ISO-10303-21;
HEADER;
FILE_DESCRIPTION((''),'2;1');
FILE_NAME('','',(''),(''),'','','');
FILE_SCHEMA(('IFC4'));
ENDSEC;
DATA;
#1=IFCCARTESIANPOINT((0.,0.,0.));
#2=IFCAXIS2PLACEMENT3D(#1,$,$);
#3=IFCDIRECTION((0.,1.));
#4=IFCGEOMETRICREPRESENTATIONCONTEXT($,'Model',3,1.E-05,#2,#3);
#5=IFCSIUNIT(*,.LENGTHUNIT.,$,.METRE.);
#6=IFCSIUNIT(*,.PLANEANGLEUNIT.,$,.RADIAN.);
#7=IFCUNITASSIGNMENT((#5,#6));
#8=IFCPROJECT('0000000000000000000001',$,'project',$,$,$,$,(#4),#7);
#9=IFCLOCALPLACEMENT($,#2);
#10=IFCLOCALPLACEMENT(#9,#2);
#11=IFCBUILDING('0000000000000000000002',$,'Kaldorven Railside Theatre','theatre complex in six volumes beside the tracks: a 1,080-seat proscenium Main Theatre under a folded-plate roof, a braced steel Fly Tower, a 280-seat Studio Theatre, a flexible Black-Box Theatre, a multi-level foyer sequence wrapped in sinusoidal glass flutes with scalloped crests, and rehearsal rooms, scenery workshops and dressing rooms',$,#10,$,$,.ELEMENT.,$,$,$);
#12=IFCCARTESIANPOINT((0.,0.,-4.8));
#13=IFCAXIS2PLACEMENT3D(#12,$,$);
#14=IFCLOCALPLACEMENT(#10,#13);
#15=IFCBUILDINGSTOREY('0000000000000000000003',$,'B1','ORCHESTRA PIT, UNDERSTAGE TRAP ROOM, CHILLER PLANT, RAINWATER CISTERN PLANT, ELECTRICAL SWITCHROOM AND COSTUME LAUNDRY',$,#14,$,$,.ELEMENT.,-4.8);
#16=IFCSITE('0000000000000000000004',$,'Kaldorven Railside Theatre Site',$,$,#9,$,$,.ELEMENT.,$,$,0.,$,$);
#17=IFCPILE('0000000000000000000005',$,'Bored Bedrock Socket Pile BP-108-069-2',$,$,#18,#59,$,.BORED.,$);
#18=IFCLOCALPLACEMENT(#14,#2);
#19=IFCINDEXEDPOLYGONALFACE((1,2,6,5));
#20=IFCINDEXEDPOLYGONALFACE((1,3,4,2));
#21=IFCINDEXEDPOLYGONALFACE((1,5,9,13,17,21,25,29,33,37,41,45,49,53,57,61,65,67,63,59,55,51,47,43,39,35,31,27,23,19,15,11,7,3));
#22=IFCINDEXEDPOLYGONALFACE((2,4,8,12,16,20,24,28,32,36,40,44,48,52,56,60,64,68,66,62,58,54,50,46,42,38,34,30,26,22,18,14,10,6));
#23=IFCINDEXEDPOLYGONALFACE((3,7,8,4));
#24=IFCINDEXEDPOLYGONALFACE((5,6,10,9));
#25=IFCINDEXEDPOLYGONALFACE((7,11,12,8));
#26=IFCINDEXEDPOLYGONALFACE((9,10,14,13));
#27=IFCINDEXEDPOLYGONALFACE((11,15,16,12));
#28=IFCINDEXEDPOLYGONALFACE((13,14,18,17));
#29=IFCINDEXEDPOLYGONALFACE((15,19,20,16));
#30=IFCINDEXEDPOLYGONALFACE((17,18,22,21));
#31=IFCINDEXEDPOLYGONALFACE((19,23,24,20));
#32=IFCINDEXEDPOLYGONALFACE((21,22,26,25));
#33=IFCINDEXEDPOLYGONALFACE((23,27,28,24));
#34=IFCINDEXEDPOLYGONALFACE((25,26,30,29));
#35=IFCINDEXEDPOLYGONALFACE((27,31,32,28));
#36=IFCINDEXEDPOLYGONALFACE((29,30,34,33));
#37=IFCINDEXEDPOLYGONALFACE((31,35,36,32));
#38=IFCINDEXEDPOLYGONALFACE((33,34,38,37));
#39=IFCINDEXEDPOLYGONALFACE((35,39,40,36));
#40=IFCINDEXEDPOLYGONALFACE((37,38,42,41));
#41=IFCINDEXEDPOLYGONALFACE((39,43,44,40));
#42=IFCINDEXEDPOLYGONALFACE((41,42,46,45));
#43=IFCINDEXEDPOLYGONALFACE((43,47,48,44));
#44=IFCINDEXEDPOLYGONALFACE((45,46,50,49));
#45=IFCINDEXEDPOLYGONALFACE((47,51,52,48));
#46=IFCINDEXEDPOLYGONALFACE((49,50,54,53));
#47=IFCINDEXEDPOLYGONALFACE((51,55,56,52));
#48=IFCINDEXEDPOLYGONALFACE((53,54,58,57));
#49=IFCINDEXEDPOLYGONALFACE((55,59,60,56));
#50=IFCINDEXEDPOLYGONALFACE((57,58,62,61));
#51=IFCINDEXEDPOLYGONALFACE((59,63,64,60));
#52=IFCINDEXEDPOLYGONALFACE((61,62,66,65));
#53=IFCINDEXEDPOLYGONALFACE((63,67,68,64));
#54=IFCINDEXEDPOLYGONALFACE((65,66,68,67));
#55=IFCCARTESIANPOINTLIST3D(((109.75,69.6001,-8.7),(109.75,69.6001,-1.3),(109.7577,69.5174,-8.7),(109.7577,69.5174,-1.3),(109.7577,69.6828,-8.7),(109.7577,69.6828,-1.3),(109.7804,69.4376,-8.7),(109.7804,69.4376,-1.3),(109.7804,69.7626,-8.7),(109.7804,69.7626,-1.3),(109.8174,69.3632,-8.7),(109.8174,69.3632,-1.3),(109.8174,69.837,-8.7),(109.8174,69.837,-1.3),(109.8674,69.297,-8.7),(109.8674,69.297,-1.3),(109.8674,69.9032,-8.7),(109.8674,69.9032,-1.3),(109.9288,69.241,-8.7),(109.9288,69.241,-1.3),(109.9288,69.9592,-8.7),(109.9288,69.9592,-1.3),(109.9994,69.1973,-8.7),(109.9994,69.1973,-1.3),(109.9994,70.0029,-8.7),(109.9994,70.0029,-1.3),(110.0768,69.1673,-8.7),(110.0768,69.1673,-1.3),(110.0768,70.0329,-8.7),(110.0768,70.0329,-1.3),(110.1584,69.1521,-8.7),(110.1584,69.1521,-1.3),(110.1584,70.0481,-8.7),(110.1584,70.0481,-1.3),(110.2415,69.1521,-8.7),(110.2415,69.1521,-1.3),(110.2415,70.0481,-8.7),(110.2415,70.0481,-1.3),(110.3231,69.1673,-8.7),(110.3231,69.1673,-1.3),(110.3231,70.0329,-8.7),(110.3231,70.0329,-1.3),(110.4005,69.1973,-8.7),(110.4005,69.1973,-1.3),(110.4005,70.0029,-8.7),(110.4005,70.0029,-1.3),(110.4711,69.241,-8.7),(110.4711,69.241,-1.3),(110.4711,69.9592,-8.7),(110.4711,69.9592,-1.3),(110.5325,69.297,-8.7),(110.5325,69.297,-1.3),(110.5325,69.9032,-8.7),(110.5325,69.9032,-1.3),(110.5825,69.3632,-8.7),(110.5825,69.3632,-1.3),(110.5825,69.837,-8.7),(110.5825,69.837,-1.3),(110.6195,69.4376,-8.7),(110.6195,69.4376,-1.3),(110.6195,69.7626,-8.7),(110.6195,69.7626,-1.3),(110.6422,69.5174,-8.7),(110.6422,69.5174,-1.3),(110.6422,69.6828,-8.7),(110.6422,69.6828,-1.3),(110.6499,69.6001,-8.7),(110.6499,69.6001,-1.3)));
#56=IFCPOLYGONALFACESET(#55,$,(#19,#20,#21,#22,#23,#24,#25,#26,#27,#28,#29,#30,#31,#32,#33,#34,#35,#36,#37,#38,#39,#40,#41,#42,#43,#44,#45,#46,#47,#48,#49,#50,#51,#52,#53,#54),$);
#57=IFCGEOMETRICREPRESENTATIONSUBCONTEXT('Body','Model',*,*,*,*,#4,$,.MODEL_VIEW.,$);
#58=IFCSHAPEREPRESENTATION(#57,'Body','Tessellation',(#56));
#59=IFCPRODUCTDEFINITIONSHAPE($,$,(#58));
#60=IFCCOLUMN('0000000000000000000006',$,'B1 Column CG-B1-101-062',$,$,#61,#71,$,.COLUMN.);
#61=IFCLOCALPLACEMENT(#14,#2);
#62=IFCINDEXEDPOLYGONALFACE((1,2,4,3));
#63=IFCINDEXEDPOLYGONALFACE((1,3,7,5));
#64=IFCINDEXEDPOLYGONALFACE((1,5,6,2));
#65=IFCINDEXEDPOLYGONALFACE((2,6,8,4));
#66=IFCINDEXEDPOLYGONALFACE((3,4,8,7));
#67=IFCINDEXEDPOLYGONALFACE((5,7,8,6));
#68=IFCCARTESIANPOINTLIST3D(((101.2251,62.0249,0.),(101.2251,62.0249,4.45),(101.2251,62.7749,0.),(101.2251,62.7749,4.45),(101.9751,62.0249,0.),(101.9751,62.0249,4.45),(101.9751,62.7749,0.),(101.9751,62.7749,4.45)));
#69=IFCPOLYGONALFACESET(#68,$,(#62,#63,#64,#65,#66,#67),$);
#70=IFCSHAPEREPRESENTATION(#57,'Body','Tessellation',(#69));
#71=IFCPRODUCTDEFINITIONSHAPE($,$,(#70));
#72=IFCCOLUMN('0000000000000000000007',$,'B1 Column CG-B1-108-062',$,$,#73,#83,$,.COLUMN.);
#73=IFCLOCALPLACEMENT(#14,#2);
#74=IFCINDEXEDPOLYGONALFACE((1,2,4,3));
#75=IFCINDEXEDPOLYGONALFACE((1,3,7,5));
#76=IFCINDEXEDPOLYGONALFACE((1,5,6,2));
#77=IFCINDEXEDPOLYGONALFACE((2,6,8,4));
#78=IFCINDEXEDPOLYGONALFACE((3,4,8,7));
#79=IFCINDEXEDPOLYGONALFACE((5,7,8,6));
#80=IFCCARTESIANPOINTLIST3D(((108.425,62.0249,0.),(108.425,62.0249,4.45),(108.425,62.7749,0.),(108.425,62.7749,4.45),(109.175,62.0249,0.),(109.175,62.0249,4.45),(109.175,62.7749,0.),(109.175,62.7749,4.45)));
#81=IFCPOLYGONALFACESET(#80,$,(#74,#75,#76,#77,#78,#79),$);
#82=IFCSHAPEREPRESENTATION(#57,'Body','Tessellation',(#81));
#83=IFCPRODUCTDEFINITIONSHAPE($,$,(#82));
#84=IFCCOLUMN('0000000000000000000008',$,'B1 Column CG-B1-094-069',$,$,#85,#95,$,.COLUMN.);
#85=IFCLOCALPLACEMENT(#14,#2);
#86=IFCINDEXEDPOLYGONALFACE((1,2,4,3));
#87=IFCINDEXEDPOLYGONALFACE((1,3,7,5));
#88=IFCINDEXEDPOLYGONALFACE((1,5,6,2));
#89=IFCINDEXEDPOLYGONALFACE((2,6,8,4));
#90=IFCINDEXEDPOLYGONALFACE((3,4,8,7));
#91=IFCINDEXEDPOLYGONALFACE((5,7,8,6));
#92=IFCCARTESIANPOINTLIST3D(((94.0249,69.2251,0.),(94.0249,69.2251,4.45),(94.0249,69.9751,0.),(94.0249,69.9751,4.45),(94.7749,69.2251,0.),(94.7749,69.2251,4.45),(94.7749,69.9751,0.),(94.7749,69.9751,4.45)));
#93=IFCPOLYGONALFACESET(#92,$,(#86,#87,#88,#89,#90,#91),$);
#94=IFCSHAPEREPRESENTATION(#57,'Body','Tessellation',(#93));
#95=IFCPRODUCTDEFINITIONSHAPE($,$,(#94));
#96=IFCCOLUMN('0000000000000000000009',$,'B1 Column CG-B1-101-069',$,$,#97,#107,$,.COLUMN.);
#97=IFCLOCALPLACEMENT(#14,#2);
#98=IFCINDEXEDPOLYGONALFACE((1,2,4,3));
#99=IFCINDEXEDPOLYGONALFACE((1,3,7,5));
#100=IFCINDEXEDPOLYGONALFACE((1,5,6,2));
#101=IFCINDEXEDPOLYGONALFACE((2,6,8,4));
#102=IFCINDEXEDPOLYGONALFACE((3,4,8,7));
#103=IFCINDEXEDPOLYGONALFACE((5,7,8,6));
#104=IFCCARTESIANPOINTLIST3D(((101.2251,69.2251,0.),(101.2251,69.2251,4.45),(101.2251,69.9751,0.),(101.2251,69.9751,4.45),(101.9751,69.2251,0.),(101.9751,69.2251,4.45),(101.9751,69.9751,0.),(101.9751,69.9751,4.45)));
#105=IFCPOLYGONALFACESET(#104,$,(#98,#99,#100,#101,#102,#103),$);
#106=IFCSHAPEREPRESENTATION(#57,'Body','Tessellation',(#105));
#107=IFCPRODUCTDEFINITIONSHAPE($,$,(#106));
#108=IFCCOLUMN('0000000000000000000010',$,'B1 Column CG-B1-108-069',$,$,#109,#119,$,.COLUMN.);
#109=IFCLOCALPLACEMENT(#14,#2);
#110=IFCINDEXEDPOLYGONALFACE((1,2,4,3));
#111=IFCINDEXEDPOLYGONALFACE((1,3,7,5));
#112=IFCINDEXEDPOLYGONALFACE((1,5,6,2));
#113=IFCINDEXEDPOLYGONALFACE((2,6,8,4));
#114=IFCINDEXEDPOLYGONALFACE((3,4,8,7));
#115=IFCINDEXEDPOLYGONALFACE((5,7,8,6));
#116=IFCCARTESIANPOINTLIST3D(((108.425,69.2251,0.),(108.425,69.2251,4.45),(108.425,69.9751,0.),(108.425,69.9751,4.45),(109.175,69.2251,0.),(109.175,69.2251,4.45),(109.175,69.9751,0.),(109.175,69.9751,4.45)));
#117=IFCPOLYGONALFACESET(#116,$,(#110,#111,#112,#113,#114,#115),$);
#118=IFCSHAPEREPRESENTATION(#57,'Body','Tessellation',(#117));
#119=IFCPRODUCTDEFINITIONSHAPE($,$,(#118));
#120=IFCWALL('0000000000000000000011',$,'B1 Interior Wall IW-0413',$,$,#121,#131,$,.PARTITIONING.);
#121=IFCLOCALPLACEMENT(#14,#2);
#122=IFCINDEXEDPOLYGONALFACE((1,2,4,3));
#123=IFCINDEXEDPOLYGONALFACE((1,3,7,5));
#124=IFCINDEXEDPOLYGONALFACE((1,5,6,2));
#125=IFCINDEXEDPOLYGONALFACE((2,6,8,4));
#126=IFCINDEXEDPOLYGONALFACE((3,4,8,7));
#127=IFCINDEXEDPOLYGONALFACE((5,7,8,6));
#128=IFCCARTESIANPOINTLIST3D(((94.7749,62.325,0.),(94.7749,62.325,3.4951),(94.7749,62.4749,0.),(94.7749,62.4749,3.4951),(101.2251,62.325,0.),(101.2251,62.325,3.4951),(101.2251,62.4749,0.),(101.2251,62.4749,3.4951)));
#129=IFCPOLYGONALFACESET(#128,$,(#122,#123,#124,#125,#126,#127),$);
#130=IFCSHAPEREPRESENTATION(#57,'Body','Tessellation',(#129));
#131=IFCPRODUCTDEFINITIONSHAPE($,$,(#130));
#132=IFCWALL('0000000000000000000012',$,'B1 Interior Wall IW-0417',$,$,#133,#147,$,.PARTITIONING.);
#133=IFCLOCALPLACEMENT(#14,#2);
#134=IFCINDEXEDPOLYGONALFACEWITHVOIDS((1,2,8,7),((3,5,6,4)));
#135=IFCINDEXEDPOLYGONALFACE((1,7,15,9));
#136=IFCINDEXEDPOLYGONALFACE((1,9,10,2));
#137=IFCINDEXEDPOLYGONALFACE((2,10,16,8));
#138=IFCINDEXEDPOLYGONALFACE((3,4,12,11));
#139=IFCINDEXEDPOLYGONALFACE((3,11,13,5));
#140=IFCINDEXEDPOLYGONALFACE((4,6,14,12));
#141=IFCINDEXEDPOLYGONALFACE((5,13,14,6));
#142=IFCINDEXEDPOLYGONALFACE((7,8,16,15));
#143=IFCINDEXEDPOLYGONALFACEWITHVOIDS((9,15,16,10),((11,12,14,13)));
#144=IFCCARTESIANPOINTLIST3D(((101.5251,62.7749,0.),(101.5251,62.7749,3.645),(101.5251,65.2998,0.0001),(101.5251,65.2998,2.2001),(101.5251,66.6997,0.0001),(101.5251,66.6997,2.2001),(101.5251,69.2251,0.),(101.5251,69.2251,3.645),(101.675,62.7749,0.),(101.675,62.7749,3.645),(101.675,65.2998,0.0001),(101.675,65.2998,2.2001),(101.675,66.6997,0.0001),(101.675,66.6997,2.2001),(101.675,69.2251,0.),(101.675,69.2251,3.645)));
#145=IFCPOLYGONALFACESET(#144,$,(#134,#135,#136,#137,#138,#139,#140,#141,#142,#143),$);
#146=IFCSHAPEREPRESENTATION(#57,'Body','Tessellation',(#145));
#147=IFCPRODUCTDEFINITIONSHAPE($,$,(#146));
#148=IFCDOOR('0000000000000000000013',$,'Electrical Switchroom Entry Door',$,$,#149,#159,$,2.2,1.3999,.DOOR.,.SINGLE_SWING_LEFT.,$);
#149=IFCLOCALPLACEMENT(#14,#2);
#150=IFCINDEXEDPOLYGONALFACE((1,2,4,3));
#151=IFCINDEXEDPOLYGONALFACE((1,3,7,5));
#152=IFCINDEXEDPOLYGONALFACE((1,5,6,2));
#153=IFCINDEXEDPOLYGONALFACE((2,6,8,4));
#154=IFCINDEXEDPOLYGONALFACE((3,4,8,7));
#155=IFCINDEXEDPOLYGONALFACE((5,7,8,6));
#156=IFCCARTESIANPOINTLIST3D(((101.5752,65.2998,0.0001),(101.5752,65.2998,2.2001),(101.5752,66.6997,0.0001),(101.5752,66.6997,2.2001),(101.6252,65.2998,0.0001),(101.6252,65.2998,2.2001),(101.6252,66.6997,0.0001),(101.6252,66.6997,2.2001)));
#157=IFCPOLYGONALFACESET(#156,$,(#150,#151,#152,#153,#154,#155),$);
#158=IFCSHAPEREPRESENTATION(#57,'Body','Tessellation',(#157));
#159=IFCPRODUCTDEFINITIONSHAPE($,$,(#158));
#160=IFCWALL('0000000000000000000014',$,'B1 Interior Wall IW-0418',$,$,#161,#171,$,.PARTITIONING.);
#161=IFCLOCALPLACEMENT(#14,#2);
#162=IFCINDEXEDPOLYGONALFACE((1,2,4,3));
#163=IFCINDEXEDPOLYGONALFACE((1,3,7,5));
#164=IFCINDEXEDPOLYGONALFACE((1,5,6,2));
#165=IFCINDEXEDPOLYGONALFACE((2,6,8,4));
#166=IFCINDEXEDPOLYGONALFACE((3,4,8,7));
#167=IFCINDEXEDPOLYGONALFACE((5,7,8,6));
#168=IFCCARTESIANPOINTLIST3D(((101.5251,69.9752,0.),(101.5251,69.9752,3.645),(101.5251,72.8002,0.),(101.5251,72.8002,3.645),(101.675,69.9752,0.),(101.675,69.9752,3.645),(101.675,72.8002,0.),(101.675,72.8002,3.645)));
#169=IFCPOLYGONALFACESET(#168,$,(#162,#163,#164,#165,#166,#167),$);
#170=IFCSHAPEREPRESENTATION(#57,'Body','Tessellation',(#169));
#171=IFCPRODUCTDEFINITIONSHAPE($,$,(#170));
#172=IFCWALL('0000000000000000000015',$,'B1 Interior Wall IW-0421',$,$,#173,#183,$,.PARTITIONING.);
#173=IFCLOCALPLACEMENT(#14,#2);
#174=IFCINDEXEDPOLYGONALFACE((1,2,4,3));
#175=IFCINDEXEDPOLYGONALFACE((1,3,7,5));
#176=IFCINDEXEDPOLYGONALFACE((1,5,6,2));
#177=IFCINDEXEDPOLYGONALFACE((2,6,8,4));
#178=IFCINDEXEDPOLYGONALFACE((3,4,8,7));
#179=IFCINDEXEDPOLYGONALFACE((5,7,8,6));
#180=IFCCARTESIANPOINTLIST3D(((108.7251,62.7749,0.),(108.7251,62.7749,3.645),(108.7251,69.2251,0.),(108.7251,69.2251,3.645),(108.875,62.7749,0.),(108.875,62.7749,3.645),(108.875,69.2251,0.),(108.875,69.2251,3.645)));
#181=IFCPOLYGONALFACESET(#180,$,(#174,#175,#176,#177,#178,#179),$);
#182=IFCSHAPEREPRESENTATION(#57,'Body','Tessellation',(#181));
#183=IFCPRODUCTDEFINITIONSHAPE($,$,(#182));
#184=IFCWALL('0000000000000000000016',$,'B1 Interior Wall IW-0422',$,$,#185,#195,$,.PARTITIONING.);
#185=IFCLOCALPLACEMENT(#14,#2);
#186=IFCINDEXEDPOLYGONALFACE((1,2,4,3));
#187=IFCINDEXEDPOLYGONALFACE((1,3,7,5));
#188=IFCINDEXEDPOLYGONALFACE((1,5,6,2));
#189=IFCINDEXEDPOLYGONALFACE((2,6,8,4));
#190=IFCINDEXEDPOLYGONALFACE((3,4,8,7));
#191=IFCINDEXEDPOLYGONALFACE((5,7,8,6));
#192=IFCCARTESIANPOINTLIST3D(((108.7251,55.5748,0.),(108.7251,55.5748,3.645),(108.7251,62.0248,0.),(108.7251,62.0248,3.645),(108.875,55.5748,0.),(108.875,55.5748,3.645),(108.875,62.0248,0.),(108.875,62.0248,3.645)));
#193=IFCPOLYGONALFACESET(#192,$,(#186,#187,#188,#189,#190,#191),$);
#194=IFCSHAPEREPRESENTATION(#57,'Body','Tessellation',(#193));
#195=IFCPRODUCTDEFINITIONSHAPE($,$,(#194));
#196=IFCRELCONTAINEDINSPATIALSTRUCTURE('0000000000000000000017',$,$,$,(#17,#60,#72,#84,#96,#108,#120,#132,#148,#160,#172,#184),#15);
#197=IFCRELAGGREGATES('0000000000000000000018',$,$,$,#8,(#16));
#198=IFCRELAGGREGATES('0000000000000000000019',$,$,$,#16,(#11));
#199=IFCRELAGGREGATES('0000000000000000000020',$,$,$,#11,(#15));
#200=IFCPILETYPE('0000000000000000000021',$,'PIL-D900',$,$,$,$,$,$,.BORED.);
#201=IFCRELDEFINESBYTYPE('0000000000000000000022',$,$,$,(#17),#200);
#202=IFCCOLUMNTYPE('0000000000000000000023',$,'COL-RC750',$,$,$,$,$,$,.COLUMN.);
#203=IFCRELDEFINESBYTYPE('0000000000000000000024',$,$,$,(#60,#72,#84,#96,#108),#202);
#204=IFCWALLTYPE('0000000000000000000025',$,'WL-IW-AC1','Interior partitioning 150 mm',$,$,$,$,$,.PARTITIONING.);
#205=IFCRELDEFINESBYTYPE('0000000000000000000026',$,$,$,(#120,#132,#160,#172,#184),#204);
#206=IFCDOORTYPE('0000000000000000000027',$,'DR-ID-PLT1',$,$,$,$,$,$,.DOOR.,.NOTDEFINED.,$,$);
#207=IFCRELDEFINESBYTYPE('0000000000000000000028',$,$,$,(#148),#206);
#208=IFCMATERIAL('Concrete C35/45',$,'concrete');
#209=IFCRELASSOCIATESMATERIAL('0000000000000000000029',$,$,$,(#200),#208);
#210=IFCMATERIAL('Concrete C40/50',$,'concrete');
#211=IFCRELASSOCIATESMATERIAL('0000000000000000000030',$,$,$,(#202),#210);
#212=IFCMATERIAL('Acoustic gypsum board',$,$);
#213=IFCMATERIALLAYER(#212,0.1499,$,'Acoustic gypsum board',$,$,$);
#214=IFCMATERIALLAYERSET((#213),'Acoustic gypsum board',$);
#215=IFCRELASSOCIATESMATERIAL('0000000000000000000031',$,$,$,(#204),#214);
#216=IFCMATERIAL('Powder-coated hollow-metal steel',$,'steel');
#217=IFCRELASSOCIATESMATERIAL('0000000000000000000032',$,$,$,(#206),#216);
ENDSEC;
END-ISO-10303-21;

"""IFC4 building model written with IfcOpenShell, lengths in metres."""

from ifc_helpers import new_model, si_unit, direction, frame, frame_2d, origin, origin_2d, place, context, subcontext, project, spatial, rectangle, circle, extrude, material, layer, layer_set, material_profile, profile_set, type_object, element, fill, save


model = new_model("IFC4")

# Units and contexts
model_context = context("Model", 3, precision=1e-05, world=origin(), true_north=direction((0.0, 1.0)))
body_context = subcontext(model_context, "Body", "Model", "MODEL_VIEW")
ifc_project = project(units=[si_unit("LENGTHUNIT", "METRE"), si_unit("PLANEANGLEUNIT", "RADIAN")], contexts=[model_context])

# Site, building, storey
site_placement = place(None, origin())
site = spatial("IfcSite", under=ifc_project, at=site_placement, Name="Kaldorven Railside Theatre Site", CompositionType="ELEMENT", RefElevation=0.0)
building_placement = place(site_placement, origin())
building = spatial("IfcBuilding", under=site, at=building_placement, Name="Kaldorven Railside Theatre", Description="theatre complex in six volumes beside the tracks: a 1,080-seat proscenium Main Theatre under a folded-plate roof, a braced steel Fly Tower, a 280-seat Studio Theatre, a flexible Black-Box Theatre, a multi-level foyer sequence wrapped in sinusoidal glass flutes with scalloped crests, and rehearsal rooms, scenery workshops and dressing rooms", CompositionType="ELEMENT")
storey_placement = place(building_placement, frame((0.0, 0.0, -4.8)))
storey = spatial("IfcBuildingStorey", under=building, at=storey_placement, Name="B1", Description="ORCHESTRA PIT, UNDERSTAGE TRAP ROOM, CHILLER PLANT, RAINWATER CISTERN PLANT, ELECTRICAL SWITCHROOM AND COSTUME LAUNDRY", CompositionType="ELEMENT", Elevation=-4.8)

# Shared definitions
ifc_material_1 = material(Name="Concrete C40/50", Category="concrete")

# Pile
ifc_material_2 = material(Name="Concrete C35/45", Category="concrete")
ifc_material_profile_1 = material_profile(ifc_material_2, circle(Radius=0.45, at=origin_2d()), Name="BP D900")
ifc_profile_set_1 = profile_set([ifc_material_profile_1], Name="Concrete C35/45")
pile_type_1 = type_object("IfcPileType", Name="PIL-D900", PredefinedType="BORED", material=ifc_profile_set_1)
for number, where, z_axis, x_axis, name in (
    (1, (110.2, 69.6001, -1.3), (0.0, 0.0, -1.0), (1.0, 0.0, 0.0), "Bored Bedrock Socket Pile BP-108-069-2"),
):
    element("IfcPile", number, at=place(storey_placement, frame(where, z_axis=z_axis, x_axis=x_axis)), inside=storey, type_object=pile_type_1, Name=name, PredefinedType="BORED", context=body_context, shape_type="SweptSolid", body=[
        extrude(circle(Radius=0.45, at=origin_2d()), origin(), (0.0, 0.0, 1.0), 7.3999),
    ])

# Columns
ifc_material_profile_2 = material_profile(ifc_material_1, rectangle(XDim=0.75, YDim=0.75, at=origin_2d()), Name="RC 750x750")
ifc_profile_set_2 = profile_set([ifc_material_profile_2], Name="Concrete C40/50")
column_type = type_object("IfcColumnType", Name="COL-RC750", PredefinedType="COLUMN", material=ifc_profile_set_2)
for number, where, z_axis, x_axis, name in (
    (2, (101.6001, 62.3999, 0.0), (0.0, 0.0, 1.0), (1.0, 0.0, 0.0), "B1 Column CG-B1-101-062"),
    (3, (108.8, 62.3999, 0.0), (0.0, 0.0, 1.0), (0.0, 1.0, 0.0), "B1 Column CG-B1-108-062"),
    (4, (94.3999, 69.6001, 0.0), (0.0, 0.0, 1.0), (1.0, 0.0, 0.0), "B1 Column CG-B1-094-069"),
    (5, (101.6001, 69.6001, 0.0), (0.0, 0.0, 1.0), (0.0, 1.0, 0.0), "B1 Column CG-B1-101-069"),
    (6, (108.8, 69.6001, 0.0), (0.0, 0.0, 1.0), (1.0, 0.0, 0.0), "B1 Column CG-B1-108-069"),
):
    element("IfcColumn", number, at=place(storey_placement, frame(where, z_axis=z_axis, x_axis=x_axis)), inside=storey, type_object=column_type, Name=name, PredefinedType="COLUMN", context=body_context, shape_type="SweptSolid", body=[
        extrude(rectangle(XDim=0.75, YDim=0.75, at=origin_2d()), origin(), (0.0, 0.0, 1.0), 4.45),
    ])

# Wall
ifc_material_3 = material(Name="Acoustic gypsum board")
ifc_layer = layer(ifc_material_3, 0.1499, Name="Acoustic gypsum board")
ifc_layer_set = layer_set([ifc_layer], Name="Acoustic gypsum board")
wall_type = type_object("IfcWallType", Name="WL-IW-AC1", Description="Interior partitioning 150 mm", PredefinedType="PARTITIONING", material=ifc_layer_set)
wall_1_placement = place(storey_placement, frame((101.2251, 62.3999, 0.0), z_axis=(0.0, 0.0, 1.0), x_axis=(-1.0, 0.0, 0.0)))
element("IfcWall", 7, at=wall_1_placement, inside=storey, type_object=wall_type, Name="B1 Interior Wall IW-0413", PredefinedType="PARTITIONING", context=body_context, shape_type="SweptSolid", body=[
    extrude(rectangle(XDim=6.4502, YDim=0.1499, at=frame_2d((3.2251, 0.0))), origin(), (0.0, 0.0, 1.0), 3.4951),
])

# Wall, opening, door
wall_2_placement = place(storey_placement, frame((101.6001, 62.7749, 0.0), z_axis=(0.0, 0.0, 1.0), x_axis=(0.0, 1.0, 0.0)))
wall_2 = element("IfcWall", 8, at=wall_2_placement, inside=storey, type_object=wall_type, Name="B1 Interior Wall IW-0417", PredefinedType="PARTITIONING", context=body_context, shape_type="SweptSolid", body=[
    extrude(rectangle(XDim=6.4502, YDim=0.1499, at=frame_2d((3.2251, 0.0))), origin(), (0.0, 0.0, 1.0), 3.645),
])
opening_placement = place(wall_2_placement, frame((2.5249, 0.0, 0.0)))
opening = element("IfcOpeningElement", 9, at=opening_placement, cuts=wall_2, PredefinedType="OPENING", context=body_context, shape_type="SweptSolid", body=[
    extrude(rectangle(XDim=1.3999, YDim=2.2, at=frame_2d((0.7, 1.1001))), frame((0.0, 0.085, 0.0), z_axis=(0.0, -1.0, 0.0), x_axis=(1.0, 0.0, 0.0)), (0.0, 0.0, 1.0), 0.1699),
])
ifc_material_4 = material(Name="Powder-coated hollow-metal steel", Category="steel")
door_type = type_object("IfcDoorType", Name="DR-ID-PLT1", OperationType="NOTDEFINED", PredefinedType="DOOR", material=ifc_material_4)
door_placement = place(opening_placement, origin())
door = element("IfcDoor", 10, at=door_placement, inside=storey, type_object=door_type, Name="Electrical Switchroom Entry Door", OperationType="SINGLE_SWING_LEFT", OverallHeight=2.2, OverallWidth=1.3999, PredefinedType="DOOR", context=body_context, shape_type="SweptSolid", body=[
    extrude(rectangle(XDim=1.3999, YDim=2.2, at=frame_2d((0.7, 1.1001))), frame((0.0, 0.0249, 0.0), z_axis=(0.0, -1.0, 0.0), x_axis=(1.0, 0.0, 0.0)), (0.0, 0.0, 1.0), 0.05),
])
fill(opening, door)

# Walls
wall_3_placement = place(storey_placement, frame((101.6001, 69.9751, 0.0), z_axis=(0.0, 0.0, 1.0), x_axis=(0.0, 1.0, 0.0)))
element("IfcWall", 11, at=wall_3_placement, inside=storey, type_object=wall_type, Name="B1 Interior Wall IW-0418", PredefinedType="PARTITIONING", context=body_context, shape_type="SweptSolid", body=[
    extrude(rectangle(XDim=2.825, YDim=0.1499, at=frame_2d((1.4126, 0.0))), origin(), (0.0, 0.0, 1.0), 3.645),
])
wall_4_placement = place(storey_placement, frame((108.8, 69.2251, 0.0), z_axis=(0.0, 0.0, 1.0), x_axis=(0.0, -1.0, 0.0)))
element("IfcWall", 12, at=wall_4_placement, inside=storey, type_object=wall_type, Name="B1 Interior Wall IW-0421", PredefinedType="PARTITIONING", context=body_context, shape_type="SweptSolid", body=[
    extrude(rectangle(XDim=6.4502, YDim=0.1499, at=frame_2d((3.2251, 0.0))), origin(), (0.0, 0.0, 1.0), 3.645),
])
wall_5_placement = place(storey_placement, frame((108.8, 62.0249, 0.0), z_axis=(0.0, 0.0, 1.0), x_axis=(0.0, -1.0, 0.0)))
element("IfcWall", 13, at=wall_5_placement, inside=storey, type_object=wall_type, Name="B1 Interior Wall IW-0422", PredefinedType="PARTITIONING", context=body_context, shape_type="SweptSolid", body=[
    extrude(rectangle(XDim=6.45, YDim=0.1499, at=frame_2d((3.2251, 0.0))), origin(), (0.0, 0.0, 1.0), 3.645),
])

save(model, "model.ifc")
